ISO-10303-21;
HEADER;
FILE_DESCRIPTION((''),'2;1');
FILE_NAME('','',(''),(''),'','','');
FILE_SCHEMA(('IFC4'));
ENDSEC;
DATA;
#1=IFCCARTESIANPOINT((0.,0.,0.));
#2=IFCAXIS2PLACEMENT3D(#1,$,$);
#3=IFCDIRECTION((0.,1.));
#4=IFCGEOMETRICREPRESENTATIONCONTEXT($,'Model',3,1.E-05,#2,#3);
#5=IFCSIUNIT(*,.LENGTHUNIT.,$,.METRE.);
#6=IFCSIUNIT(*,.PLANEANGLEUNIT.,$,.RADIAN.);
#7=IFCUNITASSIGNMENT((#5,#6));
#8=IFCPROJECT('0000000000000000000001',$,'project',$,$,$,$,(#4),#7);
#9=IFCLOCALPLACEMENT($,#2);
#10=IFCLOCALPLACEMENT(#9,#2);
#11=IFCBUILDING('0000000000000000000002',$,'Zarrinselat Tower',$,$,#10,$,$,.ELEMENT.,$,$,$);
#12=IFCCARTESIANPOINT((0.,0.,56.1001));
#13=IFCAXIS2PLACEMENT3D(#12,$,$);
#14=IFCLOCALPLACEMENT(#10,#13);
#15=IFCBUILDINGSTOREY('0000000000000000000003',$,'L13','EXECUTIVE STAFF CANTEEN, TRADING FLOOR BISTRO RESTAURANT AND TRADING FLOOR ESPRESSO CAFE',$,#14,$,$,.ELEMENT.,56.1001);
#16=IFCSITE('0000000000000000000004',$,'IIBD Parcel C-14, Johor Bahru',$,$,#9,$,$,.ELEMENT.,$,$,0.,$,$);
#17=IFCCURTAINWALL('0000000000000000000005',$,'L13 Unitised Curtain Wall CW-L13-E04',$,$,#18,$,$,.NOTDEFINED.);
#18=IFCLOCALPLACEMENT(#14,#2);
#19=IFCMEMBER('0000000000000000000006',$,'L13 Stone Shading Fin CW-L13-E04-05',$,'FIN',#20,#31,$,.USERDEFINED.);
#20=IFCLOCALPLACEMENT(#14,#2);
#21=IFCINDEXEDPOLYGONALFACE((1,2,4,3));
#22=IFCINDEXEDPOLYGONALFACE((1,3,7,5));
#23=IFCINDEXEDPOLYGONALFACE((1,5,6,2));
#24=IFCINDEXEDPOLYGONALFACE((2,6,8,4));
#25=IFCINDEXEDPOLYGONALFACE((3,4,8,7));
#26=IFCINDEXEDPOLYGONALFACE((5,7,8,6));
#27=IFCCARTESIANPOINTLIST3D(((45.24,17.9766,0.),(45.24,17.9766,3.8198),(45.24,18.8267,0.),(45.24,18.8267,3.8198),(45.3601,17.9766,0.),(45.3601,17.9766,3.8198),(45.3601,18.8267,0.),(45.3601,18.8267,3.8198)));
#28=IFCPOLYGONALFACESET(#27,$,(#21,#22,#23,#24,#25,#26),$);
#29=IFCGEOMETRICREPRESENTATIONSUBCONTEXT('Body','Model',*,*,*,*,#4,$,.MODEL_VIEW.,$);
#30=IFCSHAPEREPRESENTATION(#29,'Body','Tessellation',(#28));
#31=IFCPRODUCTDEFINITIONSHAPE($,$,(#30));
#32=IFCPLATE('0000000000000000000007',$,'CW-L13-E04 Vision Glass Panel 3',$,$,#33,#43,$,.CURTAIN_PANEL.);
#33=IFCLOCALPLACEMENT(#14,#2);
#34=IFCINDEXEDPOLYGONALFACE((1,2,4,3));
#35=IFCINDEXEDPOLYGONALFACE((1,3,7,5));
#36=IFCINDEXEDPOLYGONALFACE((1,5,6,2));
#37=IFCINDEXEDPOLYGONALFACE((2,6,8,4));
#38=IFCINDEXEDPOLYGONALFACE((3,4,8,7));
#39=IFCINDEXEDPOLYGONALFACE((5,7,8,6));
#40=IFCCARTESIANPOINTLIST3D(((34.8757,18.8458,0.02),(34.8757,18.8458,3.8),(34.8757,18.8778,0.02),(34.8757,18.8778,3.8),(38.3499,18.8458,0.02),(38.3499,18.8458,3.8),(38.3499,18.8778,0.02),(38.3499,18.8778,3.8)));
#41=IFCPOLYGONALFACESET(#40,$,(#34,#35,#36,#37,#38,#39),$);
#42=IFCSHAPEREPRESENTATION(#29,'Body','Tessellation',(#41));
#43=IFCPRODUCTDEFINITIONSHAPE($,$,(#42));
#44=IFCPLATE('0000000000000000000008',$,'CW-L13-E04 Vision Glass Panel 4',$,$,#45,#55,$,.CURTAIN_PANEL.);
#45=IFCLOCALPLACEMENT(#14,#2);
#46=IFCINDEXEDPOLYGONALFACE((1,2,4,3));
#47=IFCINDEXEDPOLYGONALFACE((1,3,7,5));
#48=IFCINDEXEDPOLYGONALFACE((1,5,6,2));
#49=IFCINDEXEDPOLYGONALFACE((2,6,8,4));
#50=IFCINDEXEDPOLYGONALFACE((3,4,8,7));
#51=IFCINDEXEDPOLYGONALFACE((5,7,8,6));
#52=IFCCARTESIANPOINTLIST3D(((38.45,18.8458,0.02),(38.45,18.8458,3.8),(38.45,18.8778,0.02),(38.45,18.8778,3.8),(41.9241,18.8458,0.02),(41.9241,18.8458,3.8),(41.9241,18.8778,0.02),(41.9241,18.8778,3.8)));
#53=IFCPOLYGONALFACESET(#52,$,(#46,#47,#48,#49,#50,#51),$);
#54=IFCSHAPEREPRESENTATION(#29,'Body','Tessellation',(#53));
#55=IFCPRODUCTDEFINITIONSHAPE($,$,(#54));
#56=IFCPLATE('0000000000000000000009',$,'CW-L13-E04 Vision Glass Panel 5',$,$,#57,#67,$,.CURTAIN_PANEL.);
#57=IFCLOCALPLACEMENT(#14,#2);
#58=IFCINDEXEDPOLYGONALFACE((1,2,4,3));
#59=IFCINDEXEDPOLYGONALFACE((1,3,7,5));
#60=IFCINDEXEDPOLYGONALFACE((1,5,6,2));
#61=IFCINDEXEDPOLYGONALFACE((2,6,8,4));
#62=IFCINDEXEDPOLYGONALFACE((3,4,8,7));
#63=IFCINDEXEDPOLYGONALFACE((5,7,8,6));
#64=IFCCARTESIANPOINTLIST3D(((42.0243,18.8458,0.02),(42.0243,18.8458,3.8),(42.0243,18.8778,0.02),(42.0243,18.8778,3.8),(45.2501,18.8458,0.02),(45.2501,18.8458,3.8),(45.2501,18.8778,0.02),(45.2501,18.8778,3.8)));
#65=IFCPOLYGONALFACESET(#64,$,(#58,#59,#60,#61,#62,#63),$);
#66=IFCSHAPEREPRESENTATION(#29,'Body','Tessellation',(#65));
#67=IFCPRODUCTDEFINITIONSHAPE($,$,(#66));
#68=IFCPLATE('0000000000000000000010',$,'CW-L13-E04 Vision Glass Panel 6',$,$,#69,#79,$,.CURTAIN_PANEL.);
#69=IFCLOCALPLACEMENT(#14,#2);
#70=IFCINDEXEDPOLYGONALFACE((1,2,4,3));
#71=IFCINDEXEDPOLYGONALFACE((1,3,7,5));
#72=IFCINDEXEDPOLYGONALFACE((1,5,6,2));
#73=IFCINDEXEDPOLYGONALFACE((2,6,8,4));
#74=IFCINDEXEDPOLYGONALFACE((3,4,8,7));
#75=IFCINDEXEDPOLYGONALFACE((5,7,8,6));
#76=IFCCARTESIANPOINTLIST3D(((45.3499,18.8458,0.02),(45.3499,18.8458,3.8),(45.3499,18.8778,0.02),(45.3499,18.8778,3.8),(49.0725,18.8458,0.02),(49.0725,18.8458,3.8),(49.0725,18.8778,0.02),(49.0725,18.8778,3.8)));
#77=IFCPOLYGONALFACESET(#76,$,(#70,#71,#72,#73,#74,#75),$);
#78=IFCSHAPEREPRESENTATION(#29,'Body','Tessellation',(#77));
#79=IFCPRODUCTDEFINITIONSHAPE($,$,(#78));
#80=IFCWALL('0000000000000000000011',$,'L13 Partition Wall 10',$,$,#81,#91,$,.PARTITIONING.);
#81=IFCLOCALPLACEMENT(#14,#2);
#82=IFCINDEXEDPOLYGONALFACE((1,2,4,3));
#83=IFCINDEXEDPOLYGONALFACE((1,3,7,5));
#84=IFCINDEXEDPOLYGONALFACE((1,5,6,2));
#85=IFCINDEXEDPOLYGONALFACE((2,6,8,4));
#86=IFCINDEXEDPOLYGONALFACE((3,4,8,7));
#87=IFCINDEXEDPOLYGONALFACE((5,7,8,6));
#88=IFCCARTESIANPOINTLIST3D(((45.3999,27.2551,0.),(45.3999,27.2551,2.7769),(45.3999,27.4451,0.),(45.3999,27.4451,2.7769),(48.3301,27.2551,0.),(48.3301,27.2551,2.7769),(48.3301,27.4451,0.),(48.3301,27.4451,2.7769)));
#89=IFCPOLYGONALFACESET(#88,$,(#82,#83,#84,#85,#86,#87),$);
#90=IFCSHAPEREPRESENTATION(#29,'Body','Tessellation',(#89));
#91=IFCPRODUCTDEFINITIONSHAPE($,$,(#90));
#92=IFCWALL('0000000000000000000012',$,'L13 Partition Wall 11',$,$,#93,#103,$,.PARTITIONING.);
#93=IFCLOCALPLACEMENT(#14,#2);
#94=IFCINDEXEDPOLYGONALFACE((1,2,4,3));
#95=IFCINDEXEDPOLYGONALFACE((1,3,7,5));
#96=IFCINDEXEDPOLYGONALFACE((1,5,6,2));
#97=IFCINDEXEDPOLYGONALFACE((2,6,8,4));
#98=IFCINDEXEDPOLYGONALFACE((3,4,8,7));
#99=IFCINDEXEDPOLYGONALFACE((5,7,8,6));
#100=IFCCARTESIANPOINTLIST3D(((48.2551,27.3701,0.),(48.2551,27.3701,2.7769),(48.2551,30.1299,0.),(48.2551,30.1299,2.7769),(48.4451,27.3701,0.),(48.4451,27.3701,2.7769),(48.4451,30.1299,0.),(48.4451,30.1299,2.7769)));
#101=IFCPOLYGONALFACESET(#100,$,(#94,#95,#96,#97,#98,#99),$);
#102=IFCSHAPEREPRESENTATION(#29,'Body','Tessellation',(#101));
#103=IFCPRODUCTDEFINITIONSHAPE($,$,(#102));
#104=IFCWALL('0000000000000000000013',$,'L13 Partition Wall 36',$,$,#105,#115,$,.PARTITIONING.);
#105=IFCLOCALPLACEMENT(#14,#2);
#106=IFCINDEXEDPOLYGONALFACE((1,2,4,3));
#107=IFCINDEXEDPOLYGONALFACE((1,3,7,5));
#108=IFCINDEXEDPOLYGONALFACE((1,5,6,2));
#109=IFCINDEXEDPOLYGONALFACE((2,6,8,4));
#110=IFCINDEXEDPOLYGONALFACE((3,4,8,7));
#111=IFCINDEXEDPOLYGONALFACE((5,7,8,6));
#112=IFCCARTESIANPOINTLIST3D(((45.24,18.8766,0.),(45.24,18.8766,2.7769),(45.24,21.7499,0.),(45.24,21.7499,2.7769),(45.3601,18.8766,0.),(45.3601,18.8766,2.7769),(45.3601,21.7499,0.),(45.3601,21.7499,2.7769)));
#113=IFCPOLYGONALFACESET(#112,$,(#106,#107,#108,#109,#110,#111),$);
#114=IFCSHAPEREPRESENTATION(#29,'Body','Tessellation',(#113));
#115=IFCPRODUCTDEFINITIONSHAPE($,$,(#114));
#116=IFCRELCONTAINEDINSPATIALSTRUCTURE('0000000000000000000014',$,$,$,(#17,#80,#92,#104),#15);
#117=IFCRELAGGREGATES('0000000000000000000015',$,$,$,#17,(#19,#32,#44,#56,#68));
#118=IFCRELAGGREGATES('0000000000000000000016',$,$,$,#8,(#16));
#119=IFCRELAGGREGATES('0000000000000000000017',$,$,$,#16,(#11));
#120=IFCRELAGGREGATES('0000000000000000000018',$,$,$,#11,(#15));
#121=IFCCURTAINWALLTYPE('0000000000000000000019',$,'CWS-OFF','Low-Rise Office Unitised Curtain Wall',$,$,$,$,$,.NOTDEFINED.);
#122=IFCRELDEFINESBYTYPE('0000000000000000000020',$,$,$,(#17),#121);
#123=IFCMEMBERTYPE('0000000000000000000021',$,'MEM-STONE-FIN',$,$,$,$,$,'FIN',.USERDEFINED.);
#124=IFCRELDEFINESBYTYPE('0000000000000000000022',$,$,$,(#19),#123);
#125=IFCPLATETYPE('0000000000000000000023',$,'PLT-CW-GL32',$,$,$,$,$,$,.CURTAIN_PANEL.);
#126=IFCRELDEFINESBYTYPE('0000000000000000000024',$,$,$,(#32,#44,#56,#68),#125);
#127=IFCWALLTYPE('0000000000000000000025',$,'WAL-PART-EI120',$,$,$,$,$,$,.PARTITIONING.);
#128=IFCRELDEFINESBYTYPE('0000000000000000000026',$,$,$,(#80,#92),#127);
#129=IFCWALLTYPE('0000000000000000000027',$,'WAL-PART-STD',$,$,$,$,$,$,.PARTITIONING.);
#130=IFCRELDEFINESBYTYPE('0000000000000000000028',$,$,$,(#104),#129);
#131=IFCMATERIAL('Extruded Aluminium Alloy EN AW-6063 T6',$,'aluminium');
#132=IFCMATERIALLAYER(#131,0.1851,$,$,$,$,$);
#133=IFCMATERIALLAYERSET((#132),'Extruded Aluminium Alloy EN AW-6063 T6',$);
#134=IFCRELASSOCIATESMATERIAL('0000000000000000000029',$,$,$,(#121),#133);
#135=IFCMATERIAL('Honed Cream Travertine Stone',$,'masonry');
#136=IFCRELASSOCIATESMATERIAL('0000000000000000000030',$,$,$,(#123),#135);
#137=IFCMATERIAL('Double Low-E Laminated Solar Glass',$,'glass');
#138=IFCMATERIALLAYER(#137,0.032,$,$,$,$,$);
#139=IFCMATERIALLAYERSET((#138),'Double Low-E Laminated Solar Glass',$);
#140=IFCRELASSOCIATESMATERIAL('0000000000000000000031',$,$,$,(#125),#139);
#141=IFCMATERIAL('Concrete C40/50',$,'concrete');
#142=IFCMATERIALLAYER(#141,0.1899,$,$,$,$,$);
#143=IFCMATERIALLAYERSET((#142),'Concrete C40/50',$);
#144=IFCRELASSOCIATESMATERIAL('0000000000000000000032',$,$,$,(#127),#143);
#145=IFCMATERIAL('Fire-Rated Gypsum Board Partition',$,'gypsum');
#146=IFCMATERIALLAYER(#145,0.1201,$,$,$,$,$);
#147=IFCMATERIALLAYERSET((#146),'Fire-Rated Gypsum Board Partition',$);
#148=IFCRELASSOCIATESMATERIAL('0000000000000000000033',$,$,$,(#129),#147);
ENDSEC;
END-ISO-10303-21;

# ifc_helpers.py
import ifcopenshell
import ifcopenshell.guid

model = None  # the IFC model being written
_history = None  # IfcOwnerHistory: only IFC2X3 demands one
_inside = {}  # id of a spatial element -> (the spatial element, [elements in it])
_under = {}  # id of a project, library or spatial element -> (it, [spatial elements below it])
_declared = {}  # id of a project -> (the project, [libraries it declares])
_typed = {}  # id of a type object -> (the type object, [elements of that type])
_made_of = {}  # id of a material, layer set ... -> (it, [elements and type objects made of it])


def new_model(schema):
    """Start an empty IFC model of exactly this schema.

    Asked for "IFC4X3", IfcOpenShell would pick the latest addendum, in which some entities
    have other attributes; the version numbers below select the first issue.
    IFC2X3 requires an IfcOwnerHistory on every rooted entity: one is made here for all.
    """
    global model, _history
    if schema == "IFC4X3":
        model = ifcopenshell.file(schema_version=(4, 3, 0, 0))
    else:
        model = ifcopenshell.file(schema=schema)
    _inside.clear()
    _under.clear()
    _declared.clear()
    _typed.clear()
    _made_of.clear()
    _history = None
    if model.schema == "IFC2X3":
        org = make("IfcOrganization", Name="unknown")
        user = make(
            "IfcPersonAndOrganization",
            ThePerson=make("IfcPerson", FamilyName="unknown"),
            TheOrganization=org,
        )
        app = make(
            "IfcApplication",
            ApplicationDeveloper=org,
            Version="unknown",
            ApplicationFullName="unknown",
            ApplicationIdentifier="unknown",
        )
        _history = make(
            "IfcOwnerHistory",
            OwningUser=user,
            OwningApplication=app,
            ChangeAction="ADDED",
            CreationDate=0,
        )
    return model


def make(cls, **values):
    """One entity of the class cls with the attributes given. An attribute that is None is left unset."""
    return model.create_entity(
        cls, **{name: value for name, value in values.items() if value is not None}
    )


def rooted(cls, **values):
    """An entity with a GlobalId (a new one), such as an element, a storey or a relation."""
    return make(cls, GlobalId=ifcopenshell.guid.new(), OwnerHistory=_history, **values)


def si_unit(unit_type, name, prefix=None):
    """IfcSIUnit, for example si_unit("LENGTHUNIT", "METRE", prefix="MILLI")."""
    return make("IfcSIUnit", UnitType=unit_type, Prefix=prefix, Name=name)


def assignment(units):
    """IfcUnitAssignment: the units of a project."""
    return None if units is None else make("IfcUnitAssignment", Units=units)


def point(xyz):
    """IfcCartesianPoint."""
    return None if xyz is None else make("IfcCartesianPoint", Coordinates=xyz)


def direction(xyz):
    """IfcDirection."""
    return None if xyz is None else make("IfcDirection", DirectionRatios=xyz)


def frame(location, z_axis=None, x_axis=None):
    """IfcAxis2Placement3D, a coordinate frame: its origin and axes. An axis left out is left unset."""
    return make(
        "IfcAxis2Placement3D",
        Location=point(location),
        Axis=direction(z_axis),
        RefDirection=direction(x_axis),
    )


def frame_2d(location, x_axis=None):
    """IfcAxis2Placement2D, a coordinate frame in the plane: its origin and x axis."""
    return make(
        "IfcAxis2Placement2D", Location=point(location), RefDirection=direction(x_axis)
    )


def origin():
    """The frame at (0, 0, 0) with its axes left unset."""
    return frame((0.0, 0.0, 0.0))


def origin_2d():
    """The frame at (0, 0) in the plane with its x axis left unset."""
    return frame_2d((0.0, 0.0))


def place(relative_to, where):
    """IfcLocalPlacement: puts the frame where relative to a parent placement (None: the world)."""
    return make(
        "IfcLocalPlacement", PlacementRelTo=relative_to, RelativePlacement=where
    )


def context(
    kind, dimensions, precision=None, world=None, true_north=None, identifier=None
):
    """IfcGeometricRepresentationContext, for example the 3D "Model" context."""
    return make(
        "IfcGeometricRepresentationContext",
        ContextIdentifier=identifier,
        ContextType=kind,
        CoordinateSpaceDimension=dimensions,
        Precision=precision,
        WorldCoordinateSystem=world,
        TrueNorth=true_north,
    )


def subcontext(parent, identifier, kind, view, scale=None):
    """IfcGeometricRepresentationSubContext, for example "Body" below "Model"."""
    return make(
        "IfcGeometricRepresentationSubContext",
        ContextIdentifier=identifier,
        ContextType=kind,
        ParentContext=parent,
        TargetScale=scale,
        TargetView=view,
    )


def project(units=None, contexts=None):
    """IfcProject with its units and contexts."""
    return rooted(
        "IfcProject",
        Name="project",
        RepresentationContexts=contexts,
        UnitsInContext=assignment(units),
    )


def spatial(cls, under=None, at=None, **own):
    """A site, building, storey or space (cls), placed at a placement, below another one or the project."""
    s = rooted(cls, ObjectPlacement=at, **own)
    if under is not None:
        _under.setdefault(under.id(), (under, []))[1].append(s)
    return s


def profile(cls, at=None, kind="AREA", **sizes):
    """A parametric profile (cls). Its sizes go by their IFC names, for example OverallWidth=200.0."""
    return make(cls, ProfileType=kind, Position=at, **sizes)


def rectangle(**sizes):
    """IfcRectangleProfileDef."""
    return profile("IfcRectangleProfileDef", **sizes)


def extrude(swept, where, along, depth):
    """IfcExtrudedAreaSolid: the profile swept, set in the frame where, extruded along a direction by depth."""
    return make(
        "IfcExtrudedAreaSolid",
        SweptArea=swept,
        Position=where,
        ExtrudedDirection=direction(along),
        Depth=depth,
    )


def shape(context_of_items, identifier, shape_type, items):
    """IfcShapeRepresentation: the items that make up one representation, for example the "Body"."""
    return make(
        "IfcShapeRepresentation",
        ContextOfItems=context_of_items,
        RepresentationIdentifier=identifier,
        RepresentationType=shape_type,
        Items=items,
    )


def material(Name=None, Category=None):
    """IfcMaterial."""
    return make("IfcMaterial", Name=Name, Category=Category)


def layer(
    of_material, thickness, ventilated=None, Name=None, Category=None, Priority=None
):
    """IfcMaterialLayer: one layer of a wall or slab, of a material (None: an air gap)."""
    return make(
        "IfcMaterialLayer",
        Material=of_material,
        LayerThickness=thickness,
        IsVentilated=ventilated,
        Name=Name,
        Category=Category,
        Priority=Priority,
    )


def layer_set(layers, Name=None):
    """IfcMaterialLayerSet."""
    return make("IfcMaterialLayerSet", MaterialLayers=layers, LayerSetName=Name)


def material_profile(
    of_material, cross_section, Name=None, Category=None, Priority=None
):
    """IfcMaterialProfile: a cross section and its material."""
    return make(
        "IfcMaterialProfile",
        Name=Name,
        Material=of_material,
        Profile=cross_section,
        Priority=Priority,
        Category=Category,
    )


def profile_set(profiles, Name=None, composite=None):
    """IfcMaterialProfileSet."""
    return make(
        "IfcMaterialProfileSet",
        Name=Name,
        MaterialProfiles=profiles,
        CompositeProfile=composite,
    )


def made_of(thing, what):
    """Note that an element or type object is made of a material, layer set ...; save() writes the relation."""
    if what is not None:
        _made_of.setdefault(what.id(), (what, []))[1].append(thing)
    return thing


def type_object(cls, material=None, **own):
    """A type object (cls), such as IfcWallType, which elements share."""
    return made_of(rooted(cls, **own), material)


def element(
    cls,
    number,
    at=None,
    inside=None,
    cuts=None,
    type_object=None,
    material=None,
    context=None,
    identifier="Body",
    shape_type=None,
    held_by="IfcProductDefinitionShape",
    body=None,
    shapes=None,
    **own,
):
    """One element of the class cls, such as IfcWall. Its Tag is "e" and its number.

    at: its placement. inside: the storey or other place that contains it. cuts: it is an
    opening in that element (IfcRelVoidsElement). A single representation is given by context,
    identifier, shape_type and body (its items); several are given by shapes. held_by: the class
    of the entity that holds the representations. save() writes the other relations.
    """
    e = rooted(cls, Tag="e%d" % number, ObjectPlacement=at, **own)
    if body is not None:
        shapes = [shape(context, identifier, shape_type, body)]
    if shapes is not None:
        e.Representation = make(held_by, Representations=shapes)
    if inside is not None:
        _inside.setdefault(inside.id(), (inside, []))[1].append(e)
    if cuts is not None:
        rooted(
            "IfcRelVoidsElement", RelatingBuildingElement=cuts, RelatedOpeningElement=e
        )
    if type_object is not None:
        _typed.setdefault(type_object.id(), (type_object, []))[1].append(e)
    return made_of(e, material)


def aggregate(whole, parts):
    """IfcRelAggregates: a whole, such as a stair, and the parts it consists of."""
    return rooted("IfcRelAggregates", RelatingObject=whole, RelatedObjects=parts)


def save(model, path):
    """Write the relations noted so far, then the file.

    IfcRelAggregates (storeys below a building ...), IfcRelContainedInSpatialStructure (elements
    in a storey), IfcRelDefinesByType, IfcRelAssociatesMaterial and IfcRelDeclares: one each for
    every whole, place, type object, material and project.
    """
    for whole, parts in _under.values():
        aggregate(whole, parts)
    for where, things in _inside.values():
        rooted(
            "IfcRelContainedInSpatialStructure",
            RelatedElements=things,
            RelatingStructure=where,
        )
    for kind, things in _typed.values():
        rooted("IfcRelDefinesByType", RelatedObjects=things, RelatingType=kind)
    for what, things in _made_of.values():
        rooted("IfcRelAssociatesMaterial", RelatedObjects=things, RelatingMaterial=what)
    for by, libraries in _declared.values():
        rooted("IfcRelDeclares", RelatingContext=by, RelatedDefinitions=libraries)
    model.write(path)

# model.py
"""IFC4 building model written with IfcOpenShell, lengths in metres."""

from ifc_helpers import new_model, si_unit, direction, frame, frame_2d, origin, origin_2d, place, context, subcontext, project, spatial, rectangle, extrude, material, layer, layer_set, material_profile, profile_set, type_object, element, aggregate, save


model = new_model("IFC4")

# Units and contexts
model_context = context("Model", 3, precision=1e-05, world=origin(), true_north=direction((0.0, 1.0)))
body_context = subcontext(model_context, "Body", "Model", "MODEL_VIEW")
ifc_project = project(units=[si_unit("LENGTHUNIT", "METRE"), si_unit("PLANEANGLEUNIT", "RADIAN")], contexts=[model_context])

# Site, building, storey
site_placement = place(None, origin())
site = spatial("IfcSite", under=ifc_project, at=site_placement, Name="IIBD Parcel C-14, Johor Bahru", CompositionType="ELEMENT", RefElevation=0.0)
building_placement = place(site_placement, origin())
building = spatial("IfcBuilding", under=site, at=building_placement, Name="Zarrinselat Tower", CompositionType="ELEMENT")
storey_placement = place(building_placement, frame((0.0, 0.0, 56.1001)))
storey = spatial("IfcBuildingStorey", under=building, at=storey_placement, Name="L13", Description="EXECUTIVE STAFF CANTEEN, TRADING FLOOR BISTRO RESTAURANT AND TRADING FLOOR ESPRESSO CAFE", CompositionType="ELEMENT", Elevation=56.1001)

# Curtain wall, member, plates
ifc_material_1 = material(Name="Extruded Aluminium Alloy EN AW-6063 T6", Category="aluminium")
ifc_layer_1 = layer(ifc_material_1, 0.1851)
ifc_layer_set_1 = layer_set([ifc_layer_1], Name="Extruded Aluminium Alloy EN AW-6063 T6")
curtain_wall_type = type_object("IfcCurtainWallType", Name="CWS-OFF", Description="Low-Rise Office Unitised Curtain Wall", PredefinedType="NOTDEFINED", material=ifc_layer_set_1)
curtain_wall_placement = place(storey_placement, origin())
curtain_wall = element("IfcCurtainWall", 1, at=curtain_wall_placement, inside=storey, type_object=curtain_wall_type, Name="L13 Unitised Curtain Wall CW-L13-E04", PredefinedType="NOTDEFINED")
ifc_material_2 = material(Name="Honed Cream Travertine Stone", Category="masonry")
ifc_material_profile_1 = material_profile(ifc_material_2, rectangle(XDim=0.1201, YDim=0.8501, at=origin_2d()), Name="FIN 850x120")
ifc_profile_set_1 = profile_set([ifc_material_profile_1], Name="Honed Cream Travertine Stone")
member_type_1 = type_object("IfcMemberType", Name="MEM-STONE-FIN", ElementType="FIN", PredefinedType="USERDEFINED", material=ifc_profile_set_1)
member_1_placement = place(storey_placement, frame((45.3, 18.4016, 0.0), z_axis=(0.0, 0.0, 1.0), x_axis=(-1.0, 0.0, 0.0)))
member_1 = element("IfcMember", 2, at=member_1_placement, type_object=member_type_1, Name="L13 Stone Shading Fin CW-L13-E04-05", ObjectType="FIN", PredefinedType="USERDEFINED", context=body_context, shape_type="SweptSolid", body=[
    extrude(rectangle(XDim=0.1201, YDim=0.8501, at=origin_2d()), origin(), (0.0, 0.0, 1.0), 3.8198),
])
ifc_material_3 = material(Name="Double Low-E Laminated Solar Glass", Category="glass")
ifc_layer_2 = layer(ifc_material_3, 0.032)
ifc_layer_set_2 = layer_set([ifc_layer_2], Name="Double Low-E Laminated Solar Glass")
plate_type = type_object("IfcPlateType", Name="PLT-CW-GL32", PredefinedType="CURTAIN_PANEL", material=ifc_layer_set_2)
plate_1_placement = place(storey_placement, frame((36.6128, 18.8618, 0.02), z_axis=(0.0, 0.0, 1.0), x_axis=(1.0, 0.0, 0.0)))
plate_1 = element("IfcPlate", 3, at=plate_1_placement, type_object=plate_type, Name="CW-L13-E04 Vision Glass Panel 3", PredefinedType="CURTAIN_PANEL", context=body_context, shape_type="SweptSolid", body=[
    extrude(rectangle(XDim=3.4741, YDim=0.032, at=origin_2d()), origin(), (0.0, 0.0, 1.0), 3.78),
])
plate_2_placement = place(storey_placement, frame((40.187, 18.8618, 0.02), z_axis=(0.0, 0.0, 1.0), x_axis=(1.0, 0.0, 0.0)))
plate_2 = element("IfcPlate", 4, at=plate_2_placement, type_object=plate_type, Name="CW-L13-E04 Vision Glass Panel 4", PredefinedType="CURTAIN_PANEL", context=body_context, shape_type="SweptSolid", body=[
    extrude(rectangle(XDim=3.4741, YDim=0.032, at=origin_2d()), origin(), (0.0, 0.0, 1.0), 3.78),
])
plate_3_placement = place(storey_placement, frame((43.6372, 18.8618, 0.02), z_axis=(0.0, 0.0, 1.0), x_axis=(1.0, 0.0, 0.0)))
plate_3 = element("IfcPlate", 5, at=plate_3_placement, type_object=plate_type, Name="CW-L13-E04 Vision Glass Panel 5", PredefinedType="CURTAIN_PANEL", context=body_context, shape_type="SweptSolid", body=[
    extrude(rectangle(XDim=3.2258, YDim=0.032, at=origin_2d()), origin(), (0.0, 0.0, 1.0), 3.78),
])
plate_4_placement = place(storey_placement, frame((47.2112, 18.8618, 0.02), z_axis=(0.0, 0.0, 1.0), x_axis=(1.0, 0.0, 0.0)))
plate_4 = element("IfcPlate", 6, at=plate_4_placement, type_object=plate_type, Name="CW-L13-E04 Vision Glass Panel 6", PredefinedType="CURTAIN_PANEL", context=body_context, shape_type="SweptSolid", body=[
    extrude(rectangle(XDim=3.7227, YDim=0.032, at=origin_2d()), origin(), (0.0, 0.0, 1.0), 3.78),
])
aggregate(curtain_wall, [member_1, plate_1, plate_2, plate_3, plate_4])

# Walls
ifc_material_4 = material(Name="Concrete C40/50", Category="concrete")
ifc_layer_3 = layer(ifc_material_4, 0.1899)
ifc_layer_set_3 = layer_set([ifc_layer_3], Name="Concrete C40/50")
wall_type_1 = type_object("IfcWallType", Name="WAL-PART-EI120", PredefinedType="PARTITIONING", material=ifc_layer_set_3)
wall_1_placement = place(storey_placement, frame((45.3999, 27.3501, 0.0), z_axis=(0.0, 0.0, 1.0), x_axis=(1.0, 0.0, 0.0)))
element("IfcWall", 7, at=wall_1_placement, inside=storey, type_object=wall_type_1, Name="L13 Partition Wall 10", PredefinedType="PARTITIONING", context=body_context, shape_type="SweptSolid", body=[
    extrude(rectangle(XDim=2.9302, YDim=0.1899, at=frame_2d((1.4651, 0.0))), origin(), (0.0, 0.0, 1.0), 2.7769),
])
wall_2_placement = place(storey_placement, frame((48.3501, 27.3701, 0.0), z_axis=(0.0, 0.0, 1.0), x_axis=(0.0, 1.0, 0.0)))
element("IfcWall", 8, at=wall_2_placement, inside=storey, type_object=wall_type_1, Name="L13 Partition Wall 11", PredefinedType="PARTITIONING", context=body_context, shape_type="SweptSolid", body=[
    extrude(rectangle(XDim=2.7598, YDim=0.1899, at=frame_2d((1.3799, 0.0))), origin(), (0.0, 0.0, 1.0), 2.7769),
])
ifc_material_5 = material(Name="Fire-Rated Gypsum Board Partition", Category="gypsum")
ifc_layer_4 = layer(ifc_material_5, 0.1201)
ifc_layer_set_4 = layer_set([ifc_layer_4], Name="Fire-Rated Gypsum Board Partition")
wall_type_2 = type_object("IfcWallType", Name="WAL-PART-STD", PredefinedType="PARTITIONING", material=ifc_layer_set_4)
wall_3_placement = place(storey_placement, frame((45.3, 18.8767, 0.0), z_axis=(0.0, 0.0, 1.0), x_axis=(0.0, 1.0, 0.0)))
element("IfcWall", 9, at=wall_3_placement, inside=storey, type_object=wall_type_2, Name="L13 Partition Wall 36", PredefinedType="PARTITIONING", context=body_context, shape_type="SweptSolid", body=[
    extrude(rectangle(XDim=2.8733, YDim=0.1201, at=frame_2d((1.4365, 0.0))), origin(), (0.0, 0.0, 1.0), 2.7769),
])

save(model, "model.ifc")
